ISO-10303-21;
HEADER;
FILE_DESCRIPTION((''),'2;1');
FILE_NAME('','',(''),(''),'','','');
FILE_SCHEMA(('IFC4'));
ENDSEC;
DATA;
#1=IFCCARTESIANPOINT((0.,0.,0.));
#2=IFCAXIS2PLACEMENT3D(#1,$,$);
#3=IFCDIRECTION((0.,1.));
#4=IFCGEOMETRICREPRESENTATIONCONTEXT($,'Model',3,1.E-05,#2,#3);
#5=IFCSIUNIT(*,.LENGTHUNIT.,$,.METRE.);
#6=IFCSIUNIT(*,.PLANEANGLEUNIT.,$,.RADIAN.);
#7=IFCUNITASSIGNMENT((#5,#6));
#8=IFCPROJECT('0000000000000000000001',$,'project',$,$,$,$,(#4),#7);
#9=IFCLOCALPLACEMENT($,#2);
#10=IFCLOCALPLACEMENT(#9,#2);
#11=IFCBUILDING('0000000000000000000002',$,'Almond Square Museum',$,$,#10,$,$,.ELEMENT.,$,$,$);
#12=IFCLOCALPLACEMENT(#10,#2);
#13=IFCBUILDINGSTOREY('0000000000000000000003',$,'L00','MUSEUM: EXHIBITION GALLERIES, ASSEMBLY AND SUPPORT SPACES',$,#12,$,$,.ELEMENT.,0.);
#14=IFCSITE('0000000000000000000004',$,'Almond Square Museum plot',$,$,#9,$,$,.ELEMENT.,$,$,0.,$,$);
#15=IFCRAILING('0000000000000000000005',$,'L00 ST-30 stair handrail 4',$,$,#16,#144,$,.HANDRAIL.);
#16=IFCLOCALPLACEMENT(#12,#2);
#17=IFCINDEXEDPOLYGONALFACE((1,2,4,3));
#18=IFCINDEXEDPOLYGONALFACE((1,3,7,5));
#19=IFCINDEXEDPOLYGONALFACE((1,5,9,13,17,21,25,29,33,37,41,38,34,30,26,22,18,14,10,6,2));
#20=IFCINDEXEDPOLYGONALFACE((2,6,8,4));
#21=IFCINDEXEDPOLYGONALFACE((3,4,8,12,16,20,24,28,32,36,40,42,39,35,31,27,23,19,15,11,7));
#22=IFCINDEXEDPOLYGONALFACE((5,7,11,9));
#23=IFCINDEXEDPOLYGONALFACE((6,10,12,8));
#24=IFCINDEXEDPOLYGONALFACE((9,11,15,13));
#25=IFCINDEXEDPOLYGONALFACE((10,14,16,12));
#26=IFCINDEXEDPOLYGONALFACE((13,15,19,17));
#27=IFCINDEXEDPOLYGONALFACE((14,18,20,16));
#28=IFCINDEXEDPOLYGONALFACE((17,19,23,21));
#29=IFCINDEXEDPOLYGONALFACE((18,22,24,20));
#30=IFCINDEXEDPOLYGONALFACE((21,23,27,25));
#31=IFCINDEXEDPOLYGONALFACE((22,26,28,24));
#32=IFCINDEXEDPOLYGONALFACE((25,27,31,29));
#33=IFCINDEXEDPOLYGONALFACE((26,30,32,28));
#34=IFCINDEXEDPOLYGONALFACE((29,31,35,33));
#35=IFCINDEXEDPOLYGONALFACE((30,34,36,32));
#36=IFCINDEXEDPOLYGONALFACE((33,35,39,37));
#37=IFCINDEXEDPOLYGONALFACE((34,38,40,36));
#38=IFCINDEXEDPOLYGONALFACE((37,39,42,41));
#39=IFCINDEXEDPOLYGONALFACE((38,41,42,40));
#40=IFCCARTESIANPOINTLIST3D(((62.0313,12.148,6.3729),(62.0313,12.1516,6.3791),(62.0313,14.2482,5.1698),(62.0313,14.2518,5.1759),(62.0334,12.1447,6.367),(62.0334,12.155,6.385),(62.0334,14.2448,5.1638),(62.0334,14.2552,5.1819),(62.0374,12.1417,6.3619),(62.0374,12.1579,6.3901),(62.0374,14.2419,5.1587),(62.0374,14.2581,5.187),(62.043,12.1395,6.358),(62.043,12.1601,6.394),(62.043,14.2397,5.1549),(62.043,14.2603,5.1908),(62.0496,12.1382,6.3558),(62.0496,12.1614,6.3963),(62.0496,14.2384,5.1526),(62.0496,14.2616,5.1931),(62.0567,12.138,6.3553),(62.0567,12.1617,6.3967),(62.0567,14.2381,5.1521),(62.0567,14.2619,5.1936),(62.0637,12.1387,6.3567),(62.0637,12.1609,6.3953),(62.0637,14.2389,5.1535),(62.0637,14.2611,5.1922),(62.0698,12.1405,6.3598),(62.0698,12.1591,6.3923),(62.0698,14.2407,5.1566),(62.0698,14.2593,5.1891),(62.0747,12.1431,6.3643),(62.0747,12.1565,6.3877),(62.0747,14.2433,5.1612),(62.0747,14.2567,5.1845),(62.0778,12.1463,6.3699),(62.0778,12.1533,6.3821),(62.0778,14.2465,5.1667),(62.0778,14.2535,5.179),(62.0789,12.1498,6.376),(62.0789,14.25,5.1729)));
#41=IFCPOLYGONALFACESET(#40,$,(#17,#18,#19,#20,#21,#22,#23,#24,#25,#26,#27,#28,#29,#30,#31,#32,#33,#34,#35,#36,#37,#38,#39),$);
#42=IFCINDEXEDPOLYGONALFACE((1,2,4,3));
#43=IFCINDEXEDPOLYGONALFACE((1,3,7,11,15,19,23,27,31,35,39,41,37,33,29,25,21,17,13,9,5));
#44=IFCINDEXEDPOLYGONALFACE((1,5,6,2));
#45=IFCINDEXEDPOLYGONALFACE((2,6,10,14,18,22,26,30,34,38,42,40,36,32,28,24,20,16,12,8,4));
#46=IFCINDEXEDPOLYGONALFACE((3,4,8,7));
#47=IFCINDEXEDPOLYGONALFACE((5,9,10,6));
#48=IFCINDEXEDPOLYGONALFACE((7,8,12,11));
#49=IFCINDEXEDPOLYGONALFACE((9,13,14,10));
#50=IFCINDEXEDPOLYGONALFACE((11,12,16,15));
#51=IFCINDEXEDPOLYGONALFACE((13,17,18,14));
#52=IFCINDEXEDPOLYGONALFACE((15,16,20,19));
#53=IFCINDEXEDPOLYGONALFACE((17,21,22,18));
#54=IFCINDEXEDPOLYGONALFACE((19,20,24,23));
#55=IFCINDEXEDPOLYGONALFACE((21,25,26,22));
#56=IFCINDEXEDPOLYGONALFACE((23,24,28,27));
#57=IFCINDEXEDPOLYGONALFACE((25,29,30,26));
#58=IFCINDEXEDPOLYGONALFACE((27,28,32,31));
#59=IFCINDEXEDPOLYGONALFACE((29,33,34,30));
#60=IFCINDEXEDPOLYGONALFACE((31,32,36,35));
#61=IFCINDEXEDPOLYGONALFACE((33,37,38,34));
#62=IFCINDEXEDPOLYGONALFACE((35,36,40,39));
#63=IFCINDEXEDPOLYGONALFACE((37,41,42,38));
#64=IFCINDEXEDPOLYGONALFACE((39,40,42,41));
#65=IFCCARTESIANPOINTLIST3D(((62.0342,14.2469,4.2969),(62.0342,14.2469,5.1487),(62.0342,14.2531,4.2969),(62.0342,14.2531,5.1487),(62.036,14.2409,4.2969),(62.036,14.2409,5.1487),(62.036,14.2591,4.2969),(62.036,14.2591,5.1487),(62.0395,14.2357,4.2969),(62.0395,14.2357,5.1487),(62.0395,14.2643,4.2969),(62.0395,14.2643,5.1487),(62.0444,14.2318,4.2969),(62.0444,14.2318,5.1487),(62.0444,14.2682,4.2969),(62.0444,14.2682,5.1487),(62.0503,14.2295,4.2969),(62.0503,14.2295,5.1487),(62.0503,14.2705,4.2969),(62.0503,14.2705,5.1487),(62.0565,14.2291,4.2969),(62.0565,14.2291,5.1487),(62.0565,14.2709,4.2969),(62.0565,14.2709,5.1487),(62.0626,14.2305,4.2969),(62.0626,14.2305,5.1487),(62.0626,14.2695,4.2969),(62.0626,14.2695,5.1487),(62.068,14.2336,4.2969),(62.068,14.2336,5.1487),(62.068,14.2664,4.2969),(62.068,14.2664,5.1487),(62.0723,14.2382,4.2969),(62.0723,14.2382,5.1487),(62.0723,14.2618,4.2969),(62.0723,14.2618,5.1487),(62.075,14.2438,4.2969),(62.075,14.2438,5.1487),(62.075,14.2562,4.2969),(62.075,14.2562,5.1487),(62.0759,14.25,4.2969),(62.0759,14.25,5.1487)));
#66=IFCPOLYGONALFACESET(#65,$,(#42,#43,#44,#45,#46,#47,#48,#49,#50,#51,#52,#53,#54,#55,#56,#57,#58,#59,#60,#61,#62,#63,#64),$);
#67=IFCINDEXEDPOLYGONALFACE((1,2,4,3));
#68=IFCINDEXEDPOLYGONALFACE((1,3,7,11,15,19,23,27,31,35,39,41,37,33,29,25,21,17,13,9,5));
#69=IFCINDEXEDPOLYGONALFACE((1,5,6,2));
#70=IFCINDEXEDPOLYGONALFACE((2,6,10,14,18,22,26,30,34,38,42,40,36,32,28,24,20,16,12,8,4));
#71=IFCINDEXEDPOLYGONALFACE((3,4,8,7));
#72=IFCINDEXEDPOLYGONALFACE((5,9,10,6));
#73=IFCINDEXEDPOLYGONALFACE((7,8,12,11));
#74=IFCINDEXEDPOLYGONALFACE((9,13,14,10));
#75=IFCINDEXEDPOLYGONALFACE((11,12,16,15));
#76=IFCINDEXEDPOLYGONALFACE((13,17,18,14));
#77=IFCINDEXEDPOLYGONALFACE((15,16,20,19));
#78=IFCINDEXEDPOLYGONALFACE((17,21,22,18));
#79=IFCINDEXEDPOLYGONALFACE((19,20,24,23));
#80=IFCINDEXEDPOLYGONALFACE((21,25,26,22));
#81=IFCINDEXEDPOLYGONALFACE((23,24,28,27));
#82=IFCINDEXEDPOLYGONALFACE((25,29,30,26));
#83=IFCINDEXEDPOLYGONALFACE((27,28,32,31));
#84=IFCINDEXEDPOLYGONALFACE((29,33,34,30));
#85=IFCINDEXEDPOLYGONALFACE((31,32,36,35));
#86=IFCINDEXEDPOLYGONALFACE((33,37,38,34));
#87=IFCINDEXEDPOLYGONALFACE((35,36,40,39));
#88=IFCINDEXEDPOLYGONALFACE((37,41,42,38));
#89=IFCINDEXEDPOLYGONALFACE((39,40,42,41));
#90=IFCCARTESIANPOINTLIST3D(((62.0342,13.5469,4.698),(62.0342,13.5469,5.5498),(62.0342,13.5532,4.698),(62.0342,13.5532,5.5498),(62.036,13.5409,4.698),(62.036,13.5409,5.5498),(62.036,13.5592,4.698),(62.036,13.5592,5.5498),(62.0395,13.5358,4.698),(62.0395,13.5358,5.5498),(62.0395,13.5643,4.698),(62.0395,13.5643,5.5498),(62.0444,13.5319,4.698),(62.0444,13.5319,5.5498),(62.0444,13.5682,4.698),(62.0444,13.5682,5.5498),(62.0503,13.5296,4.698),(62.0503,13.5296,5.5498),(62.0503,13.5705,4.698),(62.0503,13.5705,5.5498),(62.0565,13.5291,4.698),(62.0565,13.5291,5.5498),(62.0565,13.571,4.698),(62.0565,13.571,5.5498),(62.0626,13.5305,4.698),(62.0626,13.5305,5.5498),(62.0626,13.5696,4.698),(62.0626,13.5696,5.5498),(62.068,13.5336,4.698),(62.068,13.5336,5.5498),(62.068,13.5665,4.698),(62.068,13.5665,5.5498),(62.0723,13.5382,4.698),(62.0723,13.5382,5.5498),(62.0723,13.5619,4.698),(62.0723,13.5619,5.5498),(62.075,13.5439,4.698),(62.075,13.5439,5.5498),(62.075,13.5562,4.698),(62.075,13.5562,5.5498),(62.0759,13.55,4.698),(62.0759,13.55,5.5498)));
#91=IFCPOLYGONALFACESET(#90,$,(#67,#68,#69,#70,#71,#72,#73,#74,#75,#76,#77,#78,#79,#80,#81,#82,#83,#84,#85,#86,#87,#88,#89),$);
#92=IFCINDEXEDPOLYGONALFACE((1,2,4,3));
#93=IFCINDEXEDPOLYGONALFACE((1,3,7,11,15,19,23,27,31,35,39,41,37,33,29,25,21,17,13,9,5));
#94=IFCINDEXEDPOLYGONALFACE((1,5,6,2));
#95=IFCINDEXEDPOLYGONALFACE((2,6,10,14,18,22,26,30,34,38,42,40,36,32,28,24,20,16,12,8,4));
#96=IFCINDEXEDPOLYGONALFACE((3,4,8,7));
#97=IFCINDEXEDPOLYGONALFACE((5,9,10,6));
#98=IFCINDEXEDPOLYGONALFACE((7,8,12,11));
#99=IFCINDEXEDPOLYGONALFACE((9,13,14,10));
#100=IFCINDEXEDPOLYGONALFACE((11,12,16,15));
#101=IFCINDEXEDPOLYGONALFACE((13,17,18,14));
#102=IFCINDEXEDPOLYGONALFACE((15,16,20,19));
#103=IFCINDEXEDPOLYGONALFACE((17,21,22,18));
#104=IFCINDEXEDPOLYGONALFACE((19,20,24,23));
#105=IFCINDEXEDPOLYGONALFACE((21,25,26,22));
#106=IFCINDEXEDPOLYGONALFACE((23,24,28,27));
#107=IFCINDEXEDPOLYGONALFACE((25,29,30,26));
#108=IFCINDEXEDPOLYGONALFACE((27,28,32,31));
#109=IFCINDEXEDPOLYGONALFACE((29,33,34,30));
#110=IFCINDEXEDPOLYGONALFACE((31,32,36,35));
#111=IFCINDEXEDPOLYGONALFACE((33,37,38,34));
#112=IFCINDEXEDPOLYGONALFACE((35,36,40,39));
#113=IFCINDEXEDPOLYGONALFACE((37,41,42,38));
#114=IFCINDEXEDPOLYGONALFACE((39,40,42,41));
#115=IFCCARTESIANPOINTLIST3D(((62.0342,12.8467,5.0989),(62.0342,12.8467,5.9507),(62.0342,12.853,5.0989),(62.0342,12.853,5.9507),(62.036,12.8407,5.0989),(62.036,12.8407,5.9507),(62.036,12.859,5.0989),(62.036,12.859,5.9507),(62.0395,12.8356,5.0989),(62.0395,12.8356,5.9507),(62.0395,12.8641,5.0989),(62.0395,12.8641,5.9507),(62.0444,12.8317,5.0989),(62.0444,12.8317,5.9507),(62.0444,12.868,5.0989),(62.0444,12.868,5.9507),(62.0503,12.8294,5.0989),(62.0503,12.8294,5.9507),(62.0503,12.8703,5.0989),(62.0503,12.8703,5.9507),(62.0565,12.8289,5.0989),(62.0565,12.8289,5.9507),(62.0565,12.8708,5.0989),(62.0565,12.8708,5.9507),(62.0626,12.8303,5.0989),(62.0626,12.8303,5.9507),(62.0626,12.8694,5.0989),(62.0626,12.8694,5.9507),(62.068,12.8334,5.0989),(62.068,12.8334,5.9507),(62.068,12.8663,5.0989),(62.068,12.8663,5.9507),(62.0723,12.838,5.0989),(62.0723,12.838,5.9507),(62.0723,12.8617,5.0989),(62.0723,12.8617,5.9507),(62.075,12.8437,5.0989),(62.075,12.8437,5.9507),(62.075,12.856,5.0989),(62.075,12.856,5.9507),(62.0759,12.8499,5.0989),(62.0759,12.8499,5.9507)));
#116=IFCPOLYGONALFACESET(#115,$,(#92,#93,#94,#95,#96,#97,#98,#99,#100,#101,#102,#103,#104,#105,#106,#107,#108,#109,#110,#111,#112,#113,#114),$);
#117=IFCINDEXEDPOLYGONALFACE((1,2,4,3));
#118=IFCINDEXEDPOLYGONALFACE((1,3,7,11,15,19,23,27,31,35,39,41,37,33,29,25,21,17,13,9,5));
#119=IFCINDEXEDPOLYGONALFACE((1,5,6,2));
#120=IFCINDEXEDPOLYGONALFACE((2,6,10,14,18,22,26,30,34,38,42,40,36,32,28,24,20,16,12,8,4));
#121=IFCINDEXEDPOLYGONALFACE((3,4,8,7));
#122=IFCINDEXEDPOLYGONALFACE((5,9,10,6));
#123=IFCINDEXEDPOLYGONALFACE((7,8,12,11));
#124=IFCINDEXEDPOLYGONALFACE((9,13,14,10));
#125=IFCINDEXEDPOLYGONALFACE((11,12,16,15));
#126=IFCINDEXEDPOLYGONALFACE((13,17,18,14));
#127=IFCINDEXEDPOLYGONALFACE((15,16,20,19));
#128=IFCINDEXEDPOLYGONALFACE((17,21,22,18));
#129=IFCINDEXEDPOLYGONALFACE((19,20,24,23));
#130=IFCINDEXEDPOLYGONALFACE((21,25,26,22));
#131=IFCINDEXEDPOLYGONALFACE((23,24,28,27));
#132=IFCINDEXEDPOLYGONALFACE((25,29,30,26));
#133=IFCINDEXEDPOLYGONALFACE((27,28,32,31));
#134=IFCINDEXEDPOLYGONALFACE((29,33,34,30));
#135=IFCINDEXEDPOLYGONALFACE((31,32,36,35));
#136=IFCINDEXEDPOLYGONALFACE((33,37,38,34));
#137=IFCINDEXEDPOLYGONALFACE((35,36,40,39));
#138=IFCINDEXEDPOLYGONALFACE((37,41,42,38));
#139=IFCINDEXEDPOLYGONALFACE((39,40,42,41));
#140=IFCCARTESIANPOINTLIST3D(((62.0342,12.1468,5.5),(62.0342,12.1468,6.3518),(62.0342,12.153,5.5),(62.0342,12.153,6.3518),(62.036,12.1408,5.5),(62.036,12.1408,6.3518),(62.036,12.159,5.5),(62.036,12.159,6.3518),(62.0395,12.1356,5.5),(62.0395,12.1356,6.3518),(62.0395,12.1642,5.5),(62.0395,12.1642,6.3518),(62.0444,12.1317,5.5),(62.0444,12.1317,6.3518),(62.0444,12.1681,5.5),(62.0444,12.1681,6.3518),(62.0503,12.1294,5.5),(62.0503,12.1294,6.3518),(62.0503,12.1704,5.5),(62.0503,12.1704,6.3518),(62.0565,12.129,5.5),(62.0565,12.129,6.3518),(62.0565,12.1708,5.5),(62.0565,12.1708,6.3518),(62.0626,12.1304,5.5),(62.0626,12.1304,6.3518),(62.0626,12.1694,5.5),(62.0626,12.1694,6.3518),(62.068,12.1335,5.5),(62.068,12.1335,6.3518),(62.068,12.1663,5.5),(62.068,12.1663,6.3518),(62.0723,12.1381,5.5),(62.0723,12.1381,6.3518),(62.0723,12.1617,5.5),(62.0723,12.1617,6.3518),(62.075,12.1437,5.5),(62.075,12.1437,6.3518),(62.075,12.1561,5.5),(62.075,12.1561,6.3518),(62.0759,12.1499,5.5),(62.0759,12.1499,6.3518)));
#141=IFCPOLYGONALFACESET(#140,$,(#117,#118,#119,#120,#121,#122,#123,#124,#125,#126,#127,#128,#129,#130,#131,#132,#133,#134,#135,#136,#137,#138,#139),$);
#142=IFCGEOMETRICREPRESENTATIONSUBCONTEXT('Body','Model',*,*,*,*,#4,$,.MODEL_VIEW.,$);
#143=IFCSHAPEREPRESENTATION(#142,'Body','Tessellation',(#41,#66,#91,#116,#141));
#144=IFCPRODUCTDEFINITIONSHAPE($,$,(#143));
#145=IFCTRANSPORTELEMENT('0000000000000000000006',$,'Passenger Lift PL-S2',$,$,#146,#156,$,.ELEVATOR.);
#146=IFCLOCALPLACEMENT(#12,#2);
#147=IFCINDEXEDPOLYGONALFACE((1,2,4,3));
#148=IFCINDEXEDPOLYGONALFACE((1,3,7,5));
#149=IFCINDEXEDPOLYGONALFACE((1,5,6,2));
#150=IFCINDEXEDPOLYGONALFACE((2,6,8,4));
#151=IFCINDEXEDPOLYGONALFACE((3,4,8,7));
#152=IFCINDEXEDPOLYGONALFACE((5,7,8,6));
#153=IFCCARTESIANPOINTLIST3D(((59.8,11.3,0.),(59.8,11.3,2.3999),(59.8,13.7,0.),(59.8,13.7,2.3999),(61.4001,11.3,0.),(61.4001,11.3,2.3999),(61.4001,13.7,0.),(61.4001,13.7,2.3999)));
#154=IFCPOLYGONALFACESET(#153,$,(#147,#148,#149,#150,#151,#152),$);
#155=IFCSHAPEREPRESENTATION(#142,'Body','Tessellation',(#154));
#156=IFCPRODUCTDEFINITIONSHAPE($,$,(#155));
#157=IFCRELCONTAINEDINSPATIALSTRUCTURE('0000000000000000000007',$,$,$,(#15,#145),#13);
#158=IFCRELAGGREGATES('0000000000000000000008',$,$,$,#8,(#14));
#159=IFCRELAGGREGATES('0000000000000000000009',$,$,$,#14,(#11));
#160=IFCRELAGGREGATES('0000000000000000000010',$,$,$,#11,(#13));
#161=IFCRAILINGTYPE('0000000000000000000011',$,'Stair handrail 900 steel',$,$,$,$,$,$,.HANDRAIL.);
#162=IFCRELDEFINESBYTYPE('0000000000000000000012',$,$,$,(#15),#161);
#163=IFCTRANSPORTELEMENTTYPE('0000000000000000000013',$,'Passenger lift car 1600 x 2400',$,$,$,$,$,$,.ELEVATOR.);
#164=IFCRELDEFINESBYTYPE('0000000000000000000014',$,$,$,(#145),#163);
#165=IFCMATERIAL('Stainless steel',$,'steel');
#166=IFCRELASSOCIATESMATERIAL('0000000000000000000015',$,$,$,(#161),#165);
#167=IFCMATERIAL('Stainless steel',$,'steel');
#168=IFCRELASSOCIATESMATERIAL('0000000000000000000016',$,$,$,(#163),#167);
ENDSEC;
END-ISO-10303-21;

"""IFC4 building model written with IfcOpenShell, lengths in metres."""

from ifc_helpers import new_model, si_unit, direction, frame, origin, origin_2d, place, context, subcontext, project, spatial, rectangle, circle, extrude, material, type_object, element, save


model = new_model("IFC4")

# Units and contexts
model_context = context("Model", 3, precision=1e-05, world=origin(), true_north=direction((0.0, 1.0)))
body_context = subcontext(model_context, "Body", "Model", "MODEL_VIEW")
ifc_project = project(units=[si_unit("LENGTHUNIT", "METRE"), si_unit("PLANEANGLEUNIT", "RADIAN")], contexts=[model_context])

# Site, building, storey
site_placement = place(None, origin())
site = spatial("IfcSite", under=ifc_project, at=site_placement, Name="Almond Square Museum plot", CompositionType="ELEMENT", RefElevation=0.0)
building_placement = place(site_placement, origin())
building = spatial("IfcBuilding", under=site, at=building_placement, Name="Almond Square Museum", CompositionType="ELEMENT")
storey_placement = place(building_placement, origin())
storey = spatial("IfcBuildingStorey", under=building, at=storey_placement, Name="L00", Description="MUSEUM: EXHIBITION GALLERIES, ASSEMBLY AND SUPPORT SPACES", CompositionType="ELEMENT", Elevation=0.0)

# Railing
ifc_material_1 = material(Name="Stainless steel", Category="steel")
railing_type_1 = type_object("IfcRailingType", Name="Stair handrail 900 steel", PredefinedType="HANDRAIL", material=ifc_material_1)
railing_1_placement = place(storey_placement, frame((62.0549, 14.25, 4.2969)))
element("IfcRailing", 1, at=railing_1_placement, inside=storey, type_object=railing_type_1, Name="L00 ST-30 stair handrail 4", PredefinedType="HANDRAIL", context=body_context, shape_type="SweptSolid", body=[
    extrude(circle(Radius=0.0239, at=origin_2d()), frame((0.0, 0.0, 0.876), z_axis=(0.0, -0.867696, 0.497095), x_axis=(1.0, 0.0, 0.0)), (0.0, 0.0, 1.0), 2.4204),
    extrude(circle(Radius=0.021, at=origin_2d()), origin(), (0.0, 0.0, 1.0), 0.8518),
    extrude(circle(Radius=0.021, at=origin_2d()), frame((0.0, -0.7, 0.4011)), (0.0, 0.0, 1.0), 0.8518),
    extrude(circle(Radius=0.021, at=origin_2d()), frame((0.0, -1.4001, 0.802)), (0.0, 0.0, 1.0), 0.8518),
    extrude(circle(Radius=0.021, at=origin_2d()), frame((0.0, -2.1001, 1.2031)), (0.0, 0.0, 1.0), 0.8518),
])

# Transport element
ifc_material_2 = material(Name="Stainless steel", Category="steel")
transport_element_type = type_object("IfcTransportElementType", Name="Passenger lift car 1600 x 2400", PredefinedType="ELEVATOR", material=ifc_material_2)
transport_element_placement = place(storey_placement, frame((60.6001, 12.5, 0.0), z_axis=(0.0, 0.0, 1.0), x_axis=(1.0, 0.0, 0.0)))
element("IfcTransportElement", 2, at=transport_element_placement, inside=storey, type_object=transport_element_type, Name="Passenger Lift PL-S2", PredefinedType="ELEVATOR", context=body_context, shape_type="SweptSolid", body=[
    extrude(rectangle(XDim=1.6001, YDim=2.3999, at=origin_2d()), origin(), (0.0, 0.0, 1.0), 2.3999),
])

save(model, "model.ifc")
